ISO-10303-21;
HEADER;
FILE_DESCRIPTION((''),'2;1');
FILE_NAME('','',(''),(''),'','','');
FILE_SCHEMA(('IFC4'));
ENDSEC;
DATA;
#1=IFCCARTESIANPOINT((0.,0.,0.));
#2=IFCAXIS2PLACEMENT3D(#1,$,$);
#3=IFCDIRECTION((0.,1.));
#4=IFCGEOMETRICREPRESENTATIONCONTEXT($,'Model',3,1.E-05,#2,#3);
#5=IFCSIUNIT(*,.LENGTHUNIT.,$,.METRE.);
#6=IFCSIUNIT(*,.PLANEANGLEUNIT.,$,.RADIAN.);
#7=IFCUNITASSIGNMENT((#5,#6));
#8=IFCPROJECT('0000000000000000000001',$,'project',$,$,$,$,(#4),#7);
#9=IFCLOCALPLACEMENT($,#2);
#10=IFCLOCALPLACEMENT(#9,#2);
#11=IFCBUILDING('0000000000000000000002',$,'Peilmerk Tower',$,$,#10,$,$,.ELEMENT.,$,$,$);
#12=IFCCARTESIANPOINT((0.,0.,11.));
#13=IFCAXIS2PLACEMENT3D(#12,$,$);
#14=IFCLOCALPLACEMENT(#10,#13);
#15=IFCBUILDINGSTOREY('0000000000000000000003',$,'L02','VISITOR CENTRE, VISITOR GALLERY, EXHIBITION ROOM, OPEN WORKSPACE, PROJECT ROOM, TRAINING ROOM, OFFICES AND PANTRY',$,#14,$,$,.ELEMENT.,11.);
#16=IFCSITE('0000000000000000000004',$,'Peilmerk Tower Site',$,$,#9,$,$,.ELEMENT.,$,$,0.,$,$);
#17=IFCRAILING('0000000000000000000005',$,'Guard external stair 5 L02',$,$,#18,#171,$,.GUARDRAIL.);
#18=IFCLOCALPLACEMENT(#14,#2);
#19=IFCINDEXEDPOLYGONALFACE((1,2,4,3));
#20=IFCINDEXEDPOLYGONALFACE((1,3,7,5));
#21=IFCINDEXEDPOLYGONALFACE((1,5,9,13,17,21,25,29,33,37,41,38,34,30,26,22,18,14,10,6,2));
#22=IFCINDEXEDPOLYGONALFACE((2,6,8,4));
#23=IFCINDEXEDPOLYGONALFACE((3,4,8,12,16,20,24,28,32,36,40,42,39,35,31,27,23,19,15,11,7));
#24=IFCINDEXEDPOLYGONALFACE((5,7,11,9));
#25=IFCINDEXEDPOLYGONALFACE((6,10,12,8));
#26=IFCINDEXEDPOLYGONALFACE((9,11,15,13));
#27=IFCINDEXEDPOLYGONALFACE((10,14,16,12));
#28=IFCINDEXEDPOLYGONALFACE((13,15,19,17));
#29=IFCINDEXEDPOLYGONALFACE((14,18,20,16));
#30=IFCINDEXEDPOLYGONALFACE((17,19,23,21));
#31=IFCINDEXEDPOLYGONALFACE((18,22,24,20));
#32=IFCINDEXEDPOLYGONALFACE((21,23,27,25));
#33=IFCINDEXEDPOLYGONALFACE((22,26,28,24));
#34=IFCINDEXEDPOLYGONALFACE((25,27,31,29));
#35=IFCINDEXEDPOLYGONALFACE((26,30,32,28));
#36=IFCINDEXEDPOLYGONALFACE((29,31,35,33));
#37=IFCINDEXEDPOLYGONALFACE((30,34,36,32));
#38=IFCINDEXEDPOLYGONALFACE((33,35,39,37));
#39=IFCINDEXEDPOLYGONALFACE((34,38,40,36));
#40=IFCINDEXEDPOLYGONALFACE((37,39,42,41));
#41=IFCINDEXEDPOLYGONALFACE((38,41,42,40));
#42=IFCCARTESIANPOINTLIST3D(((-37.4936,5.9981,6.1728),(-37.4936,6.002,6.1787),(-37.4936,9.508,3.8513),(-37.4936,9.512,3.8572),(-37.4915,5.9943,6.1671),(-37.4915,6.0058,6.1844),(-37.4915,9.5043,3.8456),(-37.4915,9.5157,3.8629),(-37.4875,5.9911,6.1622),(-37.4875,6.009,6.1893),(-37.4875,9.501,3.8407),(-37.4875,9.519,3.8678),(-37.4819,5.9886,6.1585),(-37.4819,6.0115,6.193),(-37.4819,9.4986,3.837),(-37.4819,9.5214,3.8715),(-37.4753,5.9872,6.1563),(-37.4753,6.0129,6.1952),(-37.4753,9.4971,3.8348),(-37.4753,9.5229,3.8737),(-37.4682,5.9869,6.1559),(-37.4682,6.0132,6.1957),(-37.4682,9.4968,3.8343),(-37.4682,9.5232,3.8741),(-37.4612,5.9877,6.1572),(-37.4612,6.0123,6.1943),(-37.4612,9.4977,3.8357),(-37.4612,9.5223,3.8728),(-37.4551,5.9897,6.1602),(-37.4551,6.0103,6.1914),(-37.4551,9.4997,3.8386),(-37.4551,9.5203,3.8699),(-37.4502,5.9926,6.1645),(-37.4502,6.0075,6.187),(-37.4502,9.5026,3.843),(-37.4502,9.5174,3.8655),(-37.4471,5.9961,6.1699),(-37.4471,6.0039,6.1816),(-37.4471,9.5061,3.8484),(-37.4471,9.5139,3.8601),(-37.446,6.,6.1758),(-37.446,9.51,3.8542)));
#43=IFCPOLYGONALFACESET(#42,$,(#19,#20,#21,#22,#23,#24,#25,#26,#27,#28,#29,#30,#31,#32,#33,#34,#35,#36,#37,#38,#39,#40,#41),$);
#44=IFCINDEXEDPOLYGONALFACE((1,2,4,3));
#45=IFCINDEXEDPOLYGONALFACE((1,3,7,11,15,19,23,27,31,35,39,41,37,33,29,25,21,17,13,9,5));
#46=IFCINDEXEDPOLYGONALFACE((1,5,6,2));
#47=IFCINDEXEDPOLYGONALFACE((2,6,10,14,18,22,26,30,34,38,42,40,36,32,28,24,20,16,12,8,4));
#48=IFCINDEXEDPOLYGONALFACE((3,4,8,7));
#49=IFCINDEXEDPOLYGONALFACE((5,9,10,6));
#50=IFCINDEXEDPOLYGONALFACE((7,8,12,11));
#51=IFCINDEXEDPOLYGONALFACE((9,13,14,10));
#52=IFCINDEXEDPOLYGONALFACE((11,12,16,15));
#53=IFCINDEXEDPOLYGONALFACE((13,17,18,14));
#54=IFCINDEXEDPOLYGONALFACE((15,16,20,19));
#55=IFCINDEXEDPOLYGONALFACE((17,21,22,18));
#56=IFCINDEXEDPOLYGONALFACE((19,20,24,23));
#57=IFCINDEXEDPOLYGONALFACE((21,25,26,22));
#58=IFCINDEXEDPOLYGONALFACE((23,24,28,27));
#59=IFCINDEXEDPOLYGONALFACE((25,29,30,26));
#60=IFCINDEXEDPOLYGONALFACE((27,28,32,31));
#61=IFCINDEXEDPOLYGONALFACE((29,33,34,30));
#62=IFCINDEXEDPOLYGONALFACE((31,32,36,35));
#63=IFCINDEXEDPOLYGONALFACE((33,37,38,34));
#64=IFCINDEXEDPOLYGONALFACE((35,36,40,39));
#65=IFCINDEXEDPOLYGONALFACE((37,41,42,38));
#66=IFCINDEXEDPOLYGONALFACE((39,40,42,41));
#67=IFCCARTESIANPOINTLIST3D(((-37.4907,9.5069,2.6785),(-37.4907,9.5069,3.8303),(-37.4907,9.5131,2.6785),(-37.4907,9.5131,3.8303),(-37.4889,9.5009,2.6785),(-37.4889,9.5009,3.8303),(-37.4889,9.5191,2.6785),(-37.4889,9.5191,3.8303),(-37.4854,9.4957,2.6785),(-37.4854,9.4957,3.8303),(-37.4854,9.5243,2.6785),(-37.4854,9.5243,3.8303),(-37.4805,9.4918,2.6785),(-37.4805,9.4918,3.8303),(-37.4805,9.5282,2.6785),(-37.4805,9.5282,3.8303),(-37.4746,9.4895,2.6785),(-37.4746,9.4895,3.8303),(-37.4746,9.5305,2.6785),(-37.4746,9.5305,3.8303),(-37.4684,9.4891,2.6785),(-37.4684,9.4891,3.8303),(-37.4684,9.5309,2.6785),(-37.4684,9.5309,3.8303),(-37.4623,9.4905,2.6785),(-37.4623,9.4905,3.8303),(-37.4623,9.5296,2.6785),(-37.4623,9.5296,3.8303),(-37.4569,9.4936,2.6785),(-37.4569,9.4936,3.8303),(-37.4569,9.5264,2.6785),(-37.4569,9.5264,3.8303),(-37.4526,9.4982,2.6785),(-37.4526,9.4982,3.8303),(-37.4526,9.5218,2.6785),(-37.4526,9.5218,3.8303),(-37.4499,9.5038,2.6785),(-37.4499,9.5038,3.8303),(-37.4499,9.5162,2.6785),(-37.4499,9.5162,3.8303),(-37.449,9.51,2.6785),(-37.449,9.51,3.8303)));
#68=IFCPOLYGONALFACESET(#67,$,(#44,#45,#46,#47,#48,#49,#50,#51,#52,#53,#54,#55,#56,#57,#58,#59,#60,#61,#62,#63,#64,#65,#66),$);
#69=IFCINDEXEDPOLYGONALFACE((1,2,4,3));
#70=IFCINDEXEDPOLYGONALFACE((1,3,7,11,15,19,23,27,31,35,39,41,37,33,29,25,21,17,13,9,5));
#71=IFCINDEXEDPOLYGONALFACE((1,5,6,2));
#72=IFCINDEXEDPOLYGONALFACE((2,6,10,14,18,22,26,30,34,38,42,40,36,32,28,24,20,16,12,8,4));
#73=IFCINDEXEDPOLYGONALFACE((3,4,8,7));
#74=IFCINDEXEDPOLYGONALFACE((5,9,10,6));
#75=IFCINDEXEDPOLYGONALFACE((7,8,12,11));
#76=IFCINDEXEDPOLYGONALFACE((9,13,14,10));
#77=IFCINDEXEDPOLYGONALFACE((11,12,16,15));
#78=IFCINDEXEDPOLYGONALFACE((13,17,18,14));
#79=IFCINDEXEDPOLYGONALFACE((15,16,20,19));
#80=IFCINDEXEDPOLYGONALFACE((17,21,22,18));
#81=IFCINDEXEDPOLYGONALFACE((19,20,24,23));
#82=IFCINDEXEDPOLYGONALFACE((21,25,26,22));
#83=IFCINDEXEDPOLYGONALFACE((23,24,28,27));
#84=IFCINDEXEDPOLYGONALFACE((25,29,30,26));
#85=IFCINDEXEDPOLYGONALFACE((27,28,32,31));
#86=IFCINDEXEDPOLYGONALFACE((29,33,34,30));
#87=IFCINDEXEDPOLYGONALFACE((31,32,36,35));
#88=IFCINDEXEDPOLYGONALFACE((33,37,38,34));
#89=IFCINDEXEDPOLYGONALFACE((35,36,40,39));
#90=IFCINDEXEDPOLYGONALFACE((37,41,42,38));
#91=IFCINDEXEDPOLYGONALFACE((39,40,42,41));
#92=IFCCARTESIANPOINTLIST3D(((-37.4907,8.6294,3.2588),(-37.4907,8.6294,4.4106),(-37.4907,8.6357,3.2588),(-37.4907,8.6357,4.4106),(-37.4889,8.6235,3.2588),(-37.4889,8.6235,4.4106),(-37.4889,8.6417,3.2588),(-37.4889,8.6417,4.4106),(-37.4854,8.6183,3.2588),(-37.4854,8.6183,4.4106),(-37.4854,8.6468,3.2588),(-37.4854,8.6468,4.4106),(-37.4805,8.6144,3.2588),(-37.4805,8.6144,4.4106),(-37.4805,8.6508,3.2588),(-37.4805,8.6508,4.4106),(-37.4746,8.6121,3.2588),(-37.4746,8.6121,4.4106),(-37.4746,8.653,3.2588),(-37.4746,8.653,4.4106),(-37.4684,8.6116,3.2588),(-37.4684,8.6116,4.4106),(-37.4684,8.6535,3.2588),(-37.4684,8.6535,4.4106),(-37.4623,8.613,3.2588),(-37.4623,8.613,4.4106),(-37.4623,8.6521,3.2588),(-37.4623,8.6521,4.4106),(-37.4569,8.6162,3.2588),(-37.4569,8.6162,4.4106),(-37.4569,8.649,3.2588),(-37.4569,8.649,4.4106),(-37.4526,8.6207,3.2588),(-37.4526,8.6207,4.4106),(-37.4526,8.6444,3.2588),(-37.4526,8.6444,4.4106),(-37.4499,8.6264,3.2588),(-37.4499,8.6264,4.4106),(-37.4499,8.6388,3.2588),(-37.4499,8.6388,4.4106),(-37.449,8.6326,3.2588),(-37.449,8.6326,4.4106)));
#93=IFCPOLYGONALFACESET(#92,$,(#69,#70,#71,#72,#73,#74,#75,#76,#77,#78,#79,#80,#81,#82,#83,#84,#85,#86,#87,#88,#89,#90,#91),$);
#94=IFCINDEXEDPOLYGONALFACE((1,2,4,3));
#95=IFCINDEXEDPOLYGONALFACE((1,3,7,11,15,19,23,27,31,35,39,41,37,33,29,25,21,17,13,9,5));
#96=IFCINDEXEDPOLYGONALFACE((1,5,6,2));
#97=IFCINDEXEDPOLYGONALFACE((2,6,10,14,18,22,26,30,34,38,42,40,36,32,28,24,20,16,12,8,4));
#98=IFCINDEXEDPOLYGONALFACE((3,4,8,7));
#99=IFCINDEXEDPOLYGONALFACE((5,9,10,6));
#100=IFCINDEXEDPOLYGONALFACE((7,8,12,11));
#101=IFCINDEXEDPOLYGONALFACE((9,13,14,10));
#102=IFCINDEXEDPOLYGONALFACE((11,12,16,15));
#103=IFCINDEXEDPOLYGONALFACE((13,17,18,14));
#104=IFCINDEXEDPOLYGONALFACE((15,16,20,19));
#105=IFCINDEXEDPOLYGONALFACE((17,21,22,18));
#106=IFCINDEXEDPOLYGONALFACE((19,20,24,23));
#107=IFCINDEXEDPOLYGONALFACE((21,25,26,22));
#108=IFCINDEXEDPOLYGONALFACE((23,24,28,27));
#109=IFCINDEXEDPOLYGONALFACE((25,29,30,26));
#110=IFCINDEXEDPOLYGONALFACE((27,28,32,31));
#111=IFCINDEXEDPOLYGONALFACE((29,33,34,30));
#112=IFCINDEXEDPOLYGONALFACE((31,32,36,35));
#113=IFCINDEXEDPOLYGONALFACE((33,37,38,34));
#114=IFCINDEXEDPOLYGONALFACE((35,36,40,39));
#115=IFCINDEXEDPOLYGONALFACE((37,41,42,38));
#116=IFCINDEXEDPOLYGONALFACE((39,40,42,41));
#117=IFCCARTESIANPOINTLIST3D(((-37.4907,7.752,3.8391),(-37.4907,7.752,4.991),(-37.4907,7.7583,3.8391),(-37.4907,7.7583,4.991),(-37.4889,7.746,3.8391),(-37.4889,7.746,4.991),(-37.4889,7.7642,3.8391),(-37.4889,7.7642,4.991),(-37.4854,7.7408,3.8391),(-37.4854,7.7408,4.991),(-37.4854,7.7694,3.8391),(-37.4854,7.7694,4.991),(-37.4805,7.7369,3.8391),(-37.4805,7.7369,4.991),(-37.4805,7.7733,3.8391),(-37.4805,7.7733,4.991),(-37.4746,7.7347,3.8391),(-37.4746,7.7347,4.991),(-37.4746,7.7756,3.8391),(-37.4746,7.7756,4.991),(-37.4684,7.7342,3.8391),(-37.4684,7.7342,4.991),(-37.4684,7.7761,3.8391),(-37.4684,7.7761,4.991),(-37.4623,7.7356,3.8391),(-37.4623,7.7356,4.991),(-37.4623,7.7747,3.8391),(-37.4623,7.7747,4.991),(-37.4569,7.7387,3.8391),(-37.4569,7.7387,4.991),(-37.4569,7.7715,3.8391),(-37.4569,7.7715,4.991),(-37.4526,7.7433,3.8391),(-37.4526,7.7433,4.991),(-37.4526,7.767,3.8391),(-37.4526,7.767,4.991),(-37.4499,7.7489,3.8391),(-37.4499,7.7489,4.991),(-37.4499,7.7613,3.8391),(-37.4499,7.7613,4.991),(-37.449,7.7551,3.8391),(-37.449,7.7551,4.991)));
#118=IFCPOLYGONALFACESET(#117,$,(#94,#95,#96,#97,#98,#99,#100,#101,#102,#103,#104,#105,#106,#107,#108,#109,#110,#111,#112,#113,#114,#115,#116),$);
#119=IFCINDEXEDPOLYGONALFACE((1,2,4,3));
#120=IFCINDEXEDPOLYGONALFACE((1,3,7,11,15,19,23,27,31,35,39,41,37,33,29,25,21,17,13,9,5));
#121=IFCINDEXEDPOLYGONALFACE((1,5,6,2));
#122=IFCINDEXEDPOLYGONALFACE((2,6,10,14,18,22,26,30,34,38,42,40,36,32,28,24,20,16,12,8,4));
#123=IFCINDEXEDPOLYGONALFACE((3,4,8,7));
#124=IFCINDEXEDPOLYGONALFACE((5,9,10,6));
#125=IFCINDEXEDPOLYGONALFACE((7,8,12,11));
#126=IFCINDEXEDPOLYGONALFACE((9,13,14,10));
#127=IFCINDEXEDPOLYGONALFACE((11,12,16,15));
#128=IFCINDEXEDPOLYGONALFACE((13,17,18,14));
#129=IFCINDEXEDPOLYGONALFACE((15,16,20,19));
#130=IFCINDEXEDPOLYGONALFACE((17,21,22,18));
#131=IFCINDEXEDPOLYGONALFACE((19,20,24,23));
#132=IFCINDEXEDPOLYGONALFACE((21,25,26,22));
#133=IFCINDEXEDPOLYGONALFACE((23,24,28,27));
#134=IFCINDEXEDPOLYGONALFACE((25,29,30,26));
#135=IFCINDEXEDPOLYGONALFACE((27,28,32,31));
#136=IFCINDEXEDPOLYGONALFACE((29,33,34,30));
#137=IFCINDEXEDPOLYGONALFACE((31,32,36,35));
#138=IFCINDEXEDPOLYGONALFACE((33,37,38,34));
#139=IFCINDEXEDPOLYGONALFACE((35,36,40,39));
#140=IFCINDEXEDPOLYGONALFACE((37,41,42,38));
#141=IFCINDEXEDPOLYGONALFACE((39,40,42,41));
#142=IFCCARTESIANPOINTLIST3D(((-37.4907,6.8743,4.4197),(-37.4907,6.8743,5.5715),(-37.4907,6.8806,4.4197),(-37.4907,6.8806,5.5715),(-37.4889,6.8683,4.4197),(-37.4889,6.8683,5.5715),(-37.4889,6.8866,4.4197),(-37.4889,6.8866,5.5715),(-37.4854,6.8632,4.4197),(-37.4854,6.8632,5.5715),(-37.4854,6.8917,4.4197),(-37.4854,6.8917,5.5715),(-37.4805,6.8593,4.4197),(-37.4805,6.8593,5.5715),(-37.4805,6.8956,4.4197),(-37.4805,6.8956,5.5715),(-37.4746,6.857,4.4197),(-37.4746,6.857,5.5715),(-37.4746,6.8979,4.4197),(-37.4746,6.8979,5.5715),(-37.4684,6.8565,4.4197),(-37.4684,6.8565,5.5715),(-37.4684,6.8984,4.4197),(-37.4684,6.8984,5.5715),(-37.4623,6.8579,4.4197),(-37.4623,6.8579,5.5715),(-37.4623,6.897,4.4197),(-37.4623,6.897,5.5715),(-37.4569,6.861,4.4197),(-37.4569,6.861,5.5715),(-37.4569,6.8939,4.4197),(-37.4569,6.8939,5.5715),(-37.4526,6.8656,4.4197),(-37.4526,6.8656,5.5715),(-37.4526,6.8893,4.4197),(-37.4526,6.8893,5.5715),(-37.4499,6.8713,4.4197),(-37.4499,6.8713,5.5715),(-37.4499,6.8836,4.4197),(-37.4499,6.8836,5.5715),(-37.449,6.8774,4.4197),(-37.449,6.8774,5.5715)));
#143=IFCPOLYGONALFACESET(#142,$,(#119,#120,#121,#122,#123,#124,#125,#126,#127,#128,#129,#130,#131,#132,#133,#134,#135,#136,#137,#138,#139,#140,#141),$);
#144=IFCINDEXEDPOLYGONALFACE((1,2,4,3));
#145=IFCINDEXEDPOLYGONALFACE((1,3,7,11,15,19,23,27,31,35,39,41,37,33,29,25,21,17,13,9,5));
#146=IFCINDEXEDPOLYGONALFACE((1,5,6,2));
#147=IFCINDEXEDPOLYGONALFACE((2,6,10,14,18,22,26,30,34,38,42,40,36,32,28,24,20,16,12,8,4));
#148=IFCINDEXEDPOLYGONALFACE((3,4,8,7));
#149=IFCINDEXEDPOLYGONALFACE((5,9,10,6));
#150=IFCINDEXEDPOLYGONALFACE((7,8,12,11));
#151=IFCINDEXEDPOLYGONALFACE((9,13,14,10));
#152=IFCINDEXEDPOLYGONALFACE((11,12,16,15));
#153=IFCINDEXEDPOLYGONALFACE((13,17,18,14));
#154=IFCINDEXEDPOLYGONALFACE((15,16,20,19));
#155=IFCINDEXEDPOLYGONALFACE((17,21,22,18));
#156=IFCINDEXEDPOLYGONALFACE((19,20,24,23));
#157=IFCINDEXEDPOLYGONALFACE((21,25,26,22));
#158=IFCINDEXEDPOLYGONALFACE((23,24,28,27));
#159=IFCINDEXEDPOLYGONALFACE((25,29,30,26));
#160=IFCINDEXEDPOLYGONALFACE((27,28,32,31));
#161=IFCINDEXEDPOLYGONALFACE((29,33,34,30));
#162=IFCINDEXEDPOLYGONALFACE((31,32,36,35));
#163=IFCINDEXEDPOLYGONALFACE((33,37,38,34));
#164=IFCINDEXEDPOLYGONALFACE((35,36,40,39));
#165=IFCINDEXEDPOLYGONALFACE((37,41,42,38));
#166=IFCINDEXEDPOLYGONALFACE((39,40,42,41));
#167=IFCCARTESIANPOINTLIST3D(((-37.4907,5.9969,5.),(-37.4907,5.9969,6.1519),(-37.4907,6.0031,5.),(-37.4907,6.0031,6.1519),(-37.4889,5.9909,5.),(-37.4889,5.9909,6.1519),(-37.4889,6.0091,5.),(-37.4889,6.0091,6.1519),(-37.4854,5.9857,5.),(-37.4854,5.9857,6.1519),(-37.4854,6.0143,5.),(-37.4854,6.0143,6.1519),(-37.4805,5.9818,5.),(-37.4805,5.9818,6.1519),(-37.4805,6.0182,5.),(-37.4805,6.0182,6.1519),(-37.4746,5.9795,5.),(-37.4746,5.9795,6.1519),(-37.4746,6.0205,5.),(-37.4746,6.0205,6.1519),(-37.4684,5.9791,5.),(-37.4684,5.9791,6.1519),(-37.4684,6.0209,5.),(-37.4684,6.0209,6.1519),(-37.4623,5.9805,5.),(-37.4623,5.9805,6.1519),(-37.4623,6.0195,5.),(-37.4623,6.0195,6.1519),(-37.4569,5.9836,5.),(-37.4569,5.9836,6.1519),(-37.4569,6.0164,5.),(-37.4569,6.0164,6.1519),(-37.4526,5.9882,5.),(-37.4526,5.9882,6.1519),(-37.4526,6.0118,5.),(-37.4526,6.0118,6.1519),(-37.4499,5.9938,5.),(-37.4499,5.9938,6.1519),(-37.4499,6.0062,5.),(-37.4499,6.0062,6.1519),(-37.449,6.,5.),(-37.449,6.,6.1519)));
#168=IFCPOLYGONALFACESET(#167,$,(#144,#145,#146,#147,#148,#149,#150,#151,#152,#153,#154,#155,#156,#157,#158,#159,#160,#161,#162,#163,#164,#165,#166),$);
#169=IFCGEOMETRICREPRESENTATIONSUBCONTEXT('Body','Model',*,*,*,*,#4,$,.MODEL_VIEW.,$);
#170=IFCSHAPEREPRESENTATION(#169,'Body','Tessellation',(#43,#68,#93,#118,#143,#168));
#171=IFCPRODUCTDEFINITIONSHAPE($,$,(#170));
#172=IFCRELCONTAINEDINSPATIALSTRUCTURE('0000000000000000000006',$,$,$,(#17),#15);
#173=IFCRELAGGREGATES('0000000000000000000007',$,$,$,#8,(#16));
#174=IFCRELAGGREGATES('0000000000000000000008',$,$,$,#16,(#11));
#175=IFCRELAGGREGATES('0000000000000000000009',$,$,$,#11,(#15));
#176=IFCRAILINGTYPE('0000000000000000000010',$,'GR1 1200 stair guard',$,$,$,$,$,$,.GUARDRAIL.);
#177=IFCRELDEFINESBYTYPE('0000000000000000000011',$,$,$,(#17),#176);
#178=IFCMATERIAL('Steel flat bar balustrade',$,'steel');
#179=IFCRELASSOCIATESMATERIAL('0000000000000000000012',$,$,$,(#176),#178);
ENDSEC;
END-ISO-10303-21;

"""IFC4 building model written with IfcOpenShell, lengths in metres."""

from ifc_helpers import new_model, si_unit, direction, frame, origin, origin_2d, place, context, subcontext, project, spatial, circle, extrude, material, type_object, element, save


model = new_model("IFC4")

# Units and contexts
model_context = context("Model", 3, precision=1e-05, world=origin(), true_north=direction((0.0, 1.0)))
body_context = subcontext(model_context, "Body", "Model", "MODEL_VIEW")
ifc_project = project(units=[si_unit("LENGTHUNIT", "METRE"), si_unit("PLANEANGLEUNIT", "RADIAN")], contexts=[model_context])

# Site, building, storey
site_placement = place(None, origin())
site = spatial("IfcSite", under=ifc_project, at=site_placement, Name="Peilmerk Tower Site", CompositionType="ELEMENT", RefElevation=0.0)
building_placement = place(site_placement, origin())
building = spatial("IfcBuilding", under=site, at=building_placement, Name="Peilmerk Tower", CompositionType="ELEMENT")
storey_placement = place(building_placement, frame((0.0, 0.0, 11.0)))
storey = spatial("IfcBuildingStorey", under=building, at=storey_placement, Name="L02", Description="VISITOR CENTRE, VISITOR GALLERY, EXHIBITION ROOM, OPEN WORKSPACE, PROJECT ROOM, TRAINING ROOM, OFFICES AND PANTRY", CompositionType="ELEMENT", Elevation=11.0)

# Railing
ifc_material_1 = material(Name="Steel flat bar balustrade", Category="steel")
railing_type_1 = type_object("IfcRailingType", Name="GR1 1200 stair guard", PredefinedType="GUARDRAIL", material=ifc_material_1)
for number, where, name in (
    (1, (-37.47, 9.51, 2.6785), "Guard external stair 5 L02"),
):
    element("IfcRailing", number, at=place(storey_placement, frame(where)), inside=storey, type_object=railing_type_1, Name=name, PredefinedType="GUARDRAIL", context=body_context, shape_type="SweptSolid", body=[
        extrude(circle(Radius=0.0239, at=origin_2d()), frame((0.0, 0.0, 1.1758), z_axis=(0.0, -0.834071, 0.551657), x_axis=(1.0, 0.0, 0.0)), (0.0, 0.0, 1.0), 4.2083),
        extrude(circle(Radius=0.021, at=origin_2d()), origin(), (0.0, 0.0, 1.0), 1.1519),
        extrude(circle(Radius=0.021, at=origin_2d()), frame((0.0, -0.8774, 0.5803)), (0.0, 0.0, 1.0), 1.1519),
        extrude(circle(Radius=0.021, at=origin_2d()), frame((0.0, -1.7549, 1.1606)), (0.0, 0.0, 1.0), 1.1519),
        extrude(circle(Radius=0.021, at=origin_2d()), frame((0.0, -2.6326, 1.7412)), (0.0, 0.0, 1.0), 1.1519),
        extrude(circle(Radius=0.021, at=origin_2d()), frame((0.0, -3.51, 2.3215)), (0.0, 0.0, 1.0), 1.1519),
    ])

save(model, "model.ifc")
